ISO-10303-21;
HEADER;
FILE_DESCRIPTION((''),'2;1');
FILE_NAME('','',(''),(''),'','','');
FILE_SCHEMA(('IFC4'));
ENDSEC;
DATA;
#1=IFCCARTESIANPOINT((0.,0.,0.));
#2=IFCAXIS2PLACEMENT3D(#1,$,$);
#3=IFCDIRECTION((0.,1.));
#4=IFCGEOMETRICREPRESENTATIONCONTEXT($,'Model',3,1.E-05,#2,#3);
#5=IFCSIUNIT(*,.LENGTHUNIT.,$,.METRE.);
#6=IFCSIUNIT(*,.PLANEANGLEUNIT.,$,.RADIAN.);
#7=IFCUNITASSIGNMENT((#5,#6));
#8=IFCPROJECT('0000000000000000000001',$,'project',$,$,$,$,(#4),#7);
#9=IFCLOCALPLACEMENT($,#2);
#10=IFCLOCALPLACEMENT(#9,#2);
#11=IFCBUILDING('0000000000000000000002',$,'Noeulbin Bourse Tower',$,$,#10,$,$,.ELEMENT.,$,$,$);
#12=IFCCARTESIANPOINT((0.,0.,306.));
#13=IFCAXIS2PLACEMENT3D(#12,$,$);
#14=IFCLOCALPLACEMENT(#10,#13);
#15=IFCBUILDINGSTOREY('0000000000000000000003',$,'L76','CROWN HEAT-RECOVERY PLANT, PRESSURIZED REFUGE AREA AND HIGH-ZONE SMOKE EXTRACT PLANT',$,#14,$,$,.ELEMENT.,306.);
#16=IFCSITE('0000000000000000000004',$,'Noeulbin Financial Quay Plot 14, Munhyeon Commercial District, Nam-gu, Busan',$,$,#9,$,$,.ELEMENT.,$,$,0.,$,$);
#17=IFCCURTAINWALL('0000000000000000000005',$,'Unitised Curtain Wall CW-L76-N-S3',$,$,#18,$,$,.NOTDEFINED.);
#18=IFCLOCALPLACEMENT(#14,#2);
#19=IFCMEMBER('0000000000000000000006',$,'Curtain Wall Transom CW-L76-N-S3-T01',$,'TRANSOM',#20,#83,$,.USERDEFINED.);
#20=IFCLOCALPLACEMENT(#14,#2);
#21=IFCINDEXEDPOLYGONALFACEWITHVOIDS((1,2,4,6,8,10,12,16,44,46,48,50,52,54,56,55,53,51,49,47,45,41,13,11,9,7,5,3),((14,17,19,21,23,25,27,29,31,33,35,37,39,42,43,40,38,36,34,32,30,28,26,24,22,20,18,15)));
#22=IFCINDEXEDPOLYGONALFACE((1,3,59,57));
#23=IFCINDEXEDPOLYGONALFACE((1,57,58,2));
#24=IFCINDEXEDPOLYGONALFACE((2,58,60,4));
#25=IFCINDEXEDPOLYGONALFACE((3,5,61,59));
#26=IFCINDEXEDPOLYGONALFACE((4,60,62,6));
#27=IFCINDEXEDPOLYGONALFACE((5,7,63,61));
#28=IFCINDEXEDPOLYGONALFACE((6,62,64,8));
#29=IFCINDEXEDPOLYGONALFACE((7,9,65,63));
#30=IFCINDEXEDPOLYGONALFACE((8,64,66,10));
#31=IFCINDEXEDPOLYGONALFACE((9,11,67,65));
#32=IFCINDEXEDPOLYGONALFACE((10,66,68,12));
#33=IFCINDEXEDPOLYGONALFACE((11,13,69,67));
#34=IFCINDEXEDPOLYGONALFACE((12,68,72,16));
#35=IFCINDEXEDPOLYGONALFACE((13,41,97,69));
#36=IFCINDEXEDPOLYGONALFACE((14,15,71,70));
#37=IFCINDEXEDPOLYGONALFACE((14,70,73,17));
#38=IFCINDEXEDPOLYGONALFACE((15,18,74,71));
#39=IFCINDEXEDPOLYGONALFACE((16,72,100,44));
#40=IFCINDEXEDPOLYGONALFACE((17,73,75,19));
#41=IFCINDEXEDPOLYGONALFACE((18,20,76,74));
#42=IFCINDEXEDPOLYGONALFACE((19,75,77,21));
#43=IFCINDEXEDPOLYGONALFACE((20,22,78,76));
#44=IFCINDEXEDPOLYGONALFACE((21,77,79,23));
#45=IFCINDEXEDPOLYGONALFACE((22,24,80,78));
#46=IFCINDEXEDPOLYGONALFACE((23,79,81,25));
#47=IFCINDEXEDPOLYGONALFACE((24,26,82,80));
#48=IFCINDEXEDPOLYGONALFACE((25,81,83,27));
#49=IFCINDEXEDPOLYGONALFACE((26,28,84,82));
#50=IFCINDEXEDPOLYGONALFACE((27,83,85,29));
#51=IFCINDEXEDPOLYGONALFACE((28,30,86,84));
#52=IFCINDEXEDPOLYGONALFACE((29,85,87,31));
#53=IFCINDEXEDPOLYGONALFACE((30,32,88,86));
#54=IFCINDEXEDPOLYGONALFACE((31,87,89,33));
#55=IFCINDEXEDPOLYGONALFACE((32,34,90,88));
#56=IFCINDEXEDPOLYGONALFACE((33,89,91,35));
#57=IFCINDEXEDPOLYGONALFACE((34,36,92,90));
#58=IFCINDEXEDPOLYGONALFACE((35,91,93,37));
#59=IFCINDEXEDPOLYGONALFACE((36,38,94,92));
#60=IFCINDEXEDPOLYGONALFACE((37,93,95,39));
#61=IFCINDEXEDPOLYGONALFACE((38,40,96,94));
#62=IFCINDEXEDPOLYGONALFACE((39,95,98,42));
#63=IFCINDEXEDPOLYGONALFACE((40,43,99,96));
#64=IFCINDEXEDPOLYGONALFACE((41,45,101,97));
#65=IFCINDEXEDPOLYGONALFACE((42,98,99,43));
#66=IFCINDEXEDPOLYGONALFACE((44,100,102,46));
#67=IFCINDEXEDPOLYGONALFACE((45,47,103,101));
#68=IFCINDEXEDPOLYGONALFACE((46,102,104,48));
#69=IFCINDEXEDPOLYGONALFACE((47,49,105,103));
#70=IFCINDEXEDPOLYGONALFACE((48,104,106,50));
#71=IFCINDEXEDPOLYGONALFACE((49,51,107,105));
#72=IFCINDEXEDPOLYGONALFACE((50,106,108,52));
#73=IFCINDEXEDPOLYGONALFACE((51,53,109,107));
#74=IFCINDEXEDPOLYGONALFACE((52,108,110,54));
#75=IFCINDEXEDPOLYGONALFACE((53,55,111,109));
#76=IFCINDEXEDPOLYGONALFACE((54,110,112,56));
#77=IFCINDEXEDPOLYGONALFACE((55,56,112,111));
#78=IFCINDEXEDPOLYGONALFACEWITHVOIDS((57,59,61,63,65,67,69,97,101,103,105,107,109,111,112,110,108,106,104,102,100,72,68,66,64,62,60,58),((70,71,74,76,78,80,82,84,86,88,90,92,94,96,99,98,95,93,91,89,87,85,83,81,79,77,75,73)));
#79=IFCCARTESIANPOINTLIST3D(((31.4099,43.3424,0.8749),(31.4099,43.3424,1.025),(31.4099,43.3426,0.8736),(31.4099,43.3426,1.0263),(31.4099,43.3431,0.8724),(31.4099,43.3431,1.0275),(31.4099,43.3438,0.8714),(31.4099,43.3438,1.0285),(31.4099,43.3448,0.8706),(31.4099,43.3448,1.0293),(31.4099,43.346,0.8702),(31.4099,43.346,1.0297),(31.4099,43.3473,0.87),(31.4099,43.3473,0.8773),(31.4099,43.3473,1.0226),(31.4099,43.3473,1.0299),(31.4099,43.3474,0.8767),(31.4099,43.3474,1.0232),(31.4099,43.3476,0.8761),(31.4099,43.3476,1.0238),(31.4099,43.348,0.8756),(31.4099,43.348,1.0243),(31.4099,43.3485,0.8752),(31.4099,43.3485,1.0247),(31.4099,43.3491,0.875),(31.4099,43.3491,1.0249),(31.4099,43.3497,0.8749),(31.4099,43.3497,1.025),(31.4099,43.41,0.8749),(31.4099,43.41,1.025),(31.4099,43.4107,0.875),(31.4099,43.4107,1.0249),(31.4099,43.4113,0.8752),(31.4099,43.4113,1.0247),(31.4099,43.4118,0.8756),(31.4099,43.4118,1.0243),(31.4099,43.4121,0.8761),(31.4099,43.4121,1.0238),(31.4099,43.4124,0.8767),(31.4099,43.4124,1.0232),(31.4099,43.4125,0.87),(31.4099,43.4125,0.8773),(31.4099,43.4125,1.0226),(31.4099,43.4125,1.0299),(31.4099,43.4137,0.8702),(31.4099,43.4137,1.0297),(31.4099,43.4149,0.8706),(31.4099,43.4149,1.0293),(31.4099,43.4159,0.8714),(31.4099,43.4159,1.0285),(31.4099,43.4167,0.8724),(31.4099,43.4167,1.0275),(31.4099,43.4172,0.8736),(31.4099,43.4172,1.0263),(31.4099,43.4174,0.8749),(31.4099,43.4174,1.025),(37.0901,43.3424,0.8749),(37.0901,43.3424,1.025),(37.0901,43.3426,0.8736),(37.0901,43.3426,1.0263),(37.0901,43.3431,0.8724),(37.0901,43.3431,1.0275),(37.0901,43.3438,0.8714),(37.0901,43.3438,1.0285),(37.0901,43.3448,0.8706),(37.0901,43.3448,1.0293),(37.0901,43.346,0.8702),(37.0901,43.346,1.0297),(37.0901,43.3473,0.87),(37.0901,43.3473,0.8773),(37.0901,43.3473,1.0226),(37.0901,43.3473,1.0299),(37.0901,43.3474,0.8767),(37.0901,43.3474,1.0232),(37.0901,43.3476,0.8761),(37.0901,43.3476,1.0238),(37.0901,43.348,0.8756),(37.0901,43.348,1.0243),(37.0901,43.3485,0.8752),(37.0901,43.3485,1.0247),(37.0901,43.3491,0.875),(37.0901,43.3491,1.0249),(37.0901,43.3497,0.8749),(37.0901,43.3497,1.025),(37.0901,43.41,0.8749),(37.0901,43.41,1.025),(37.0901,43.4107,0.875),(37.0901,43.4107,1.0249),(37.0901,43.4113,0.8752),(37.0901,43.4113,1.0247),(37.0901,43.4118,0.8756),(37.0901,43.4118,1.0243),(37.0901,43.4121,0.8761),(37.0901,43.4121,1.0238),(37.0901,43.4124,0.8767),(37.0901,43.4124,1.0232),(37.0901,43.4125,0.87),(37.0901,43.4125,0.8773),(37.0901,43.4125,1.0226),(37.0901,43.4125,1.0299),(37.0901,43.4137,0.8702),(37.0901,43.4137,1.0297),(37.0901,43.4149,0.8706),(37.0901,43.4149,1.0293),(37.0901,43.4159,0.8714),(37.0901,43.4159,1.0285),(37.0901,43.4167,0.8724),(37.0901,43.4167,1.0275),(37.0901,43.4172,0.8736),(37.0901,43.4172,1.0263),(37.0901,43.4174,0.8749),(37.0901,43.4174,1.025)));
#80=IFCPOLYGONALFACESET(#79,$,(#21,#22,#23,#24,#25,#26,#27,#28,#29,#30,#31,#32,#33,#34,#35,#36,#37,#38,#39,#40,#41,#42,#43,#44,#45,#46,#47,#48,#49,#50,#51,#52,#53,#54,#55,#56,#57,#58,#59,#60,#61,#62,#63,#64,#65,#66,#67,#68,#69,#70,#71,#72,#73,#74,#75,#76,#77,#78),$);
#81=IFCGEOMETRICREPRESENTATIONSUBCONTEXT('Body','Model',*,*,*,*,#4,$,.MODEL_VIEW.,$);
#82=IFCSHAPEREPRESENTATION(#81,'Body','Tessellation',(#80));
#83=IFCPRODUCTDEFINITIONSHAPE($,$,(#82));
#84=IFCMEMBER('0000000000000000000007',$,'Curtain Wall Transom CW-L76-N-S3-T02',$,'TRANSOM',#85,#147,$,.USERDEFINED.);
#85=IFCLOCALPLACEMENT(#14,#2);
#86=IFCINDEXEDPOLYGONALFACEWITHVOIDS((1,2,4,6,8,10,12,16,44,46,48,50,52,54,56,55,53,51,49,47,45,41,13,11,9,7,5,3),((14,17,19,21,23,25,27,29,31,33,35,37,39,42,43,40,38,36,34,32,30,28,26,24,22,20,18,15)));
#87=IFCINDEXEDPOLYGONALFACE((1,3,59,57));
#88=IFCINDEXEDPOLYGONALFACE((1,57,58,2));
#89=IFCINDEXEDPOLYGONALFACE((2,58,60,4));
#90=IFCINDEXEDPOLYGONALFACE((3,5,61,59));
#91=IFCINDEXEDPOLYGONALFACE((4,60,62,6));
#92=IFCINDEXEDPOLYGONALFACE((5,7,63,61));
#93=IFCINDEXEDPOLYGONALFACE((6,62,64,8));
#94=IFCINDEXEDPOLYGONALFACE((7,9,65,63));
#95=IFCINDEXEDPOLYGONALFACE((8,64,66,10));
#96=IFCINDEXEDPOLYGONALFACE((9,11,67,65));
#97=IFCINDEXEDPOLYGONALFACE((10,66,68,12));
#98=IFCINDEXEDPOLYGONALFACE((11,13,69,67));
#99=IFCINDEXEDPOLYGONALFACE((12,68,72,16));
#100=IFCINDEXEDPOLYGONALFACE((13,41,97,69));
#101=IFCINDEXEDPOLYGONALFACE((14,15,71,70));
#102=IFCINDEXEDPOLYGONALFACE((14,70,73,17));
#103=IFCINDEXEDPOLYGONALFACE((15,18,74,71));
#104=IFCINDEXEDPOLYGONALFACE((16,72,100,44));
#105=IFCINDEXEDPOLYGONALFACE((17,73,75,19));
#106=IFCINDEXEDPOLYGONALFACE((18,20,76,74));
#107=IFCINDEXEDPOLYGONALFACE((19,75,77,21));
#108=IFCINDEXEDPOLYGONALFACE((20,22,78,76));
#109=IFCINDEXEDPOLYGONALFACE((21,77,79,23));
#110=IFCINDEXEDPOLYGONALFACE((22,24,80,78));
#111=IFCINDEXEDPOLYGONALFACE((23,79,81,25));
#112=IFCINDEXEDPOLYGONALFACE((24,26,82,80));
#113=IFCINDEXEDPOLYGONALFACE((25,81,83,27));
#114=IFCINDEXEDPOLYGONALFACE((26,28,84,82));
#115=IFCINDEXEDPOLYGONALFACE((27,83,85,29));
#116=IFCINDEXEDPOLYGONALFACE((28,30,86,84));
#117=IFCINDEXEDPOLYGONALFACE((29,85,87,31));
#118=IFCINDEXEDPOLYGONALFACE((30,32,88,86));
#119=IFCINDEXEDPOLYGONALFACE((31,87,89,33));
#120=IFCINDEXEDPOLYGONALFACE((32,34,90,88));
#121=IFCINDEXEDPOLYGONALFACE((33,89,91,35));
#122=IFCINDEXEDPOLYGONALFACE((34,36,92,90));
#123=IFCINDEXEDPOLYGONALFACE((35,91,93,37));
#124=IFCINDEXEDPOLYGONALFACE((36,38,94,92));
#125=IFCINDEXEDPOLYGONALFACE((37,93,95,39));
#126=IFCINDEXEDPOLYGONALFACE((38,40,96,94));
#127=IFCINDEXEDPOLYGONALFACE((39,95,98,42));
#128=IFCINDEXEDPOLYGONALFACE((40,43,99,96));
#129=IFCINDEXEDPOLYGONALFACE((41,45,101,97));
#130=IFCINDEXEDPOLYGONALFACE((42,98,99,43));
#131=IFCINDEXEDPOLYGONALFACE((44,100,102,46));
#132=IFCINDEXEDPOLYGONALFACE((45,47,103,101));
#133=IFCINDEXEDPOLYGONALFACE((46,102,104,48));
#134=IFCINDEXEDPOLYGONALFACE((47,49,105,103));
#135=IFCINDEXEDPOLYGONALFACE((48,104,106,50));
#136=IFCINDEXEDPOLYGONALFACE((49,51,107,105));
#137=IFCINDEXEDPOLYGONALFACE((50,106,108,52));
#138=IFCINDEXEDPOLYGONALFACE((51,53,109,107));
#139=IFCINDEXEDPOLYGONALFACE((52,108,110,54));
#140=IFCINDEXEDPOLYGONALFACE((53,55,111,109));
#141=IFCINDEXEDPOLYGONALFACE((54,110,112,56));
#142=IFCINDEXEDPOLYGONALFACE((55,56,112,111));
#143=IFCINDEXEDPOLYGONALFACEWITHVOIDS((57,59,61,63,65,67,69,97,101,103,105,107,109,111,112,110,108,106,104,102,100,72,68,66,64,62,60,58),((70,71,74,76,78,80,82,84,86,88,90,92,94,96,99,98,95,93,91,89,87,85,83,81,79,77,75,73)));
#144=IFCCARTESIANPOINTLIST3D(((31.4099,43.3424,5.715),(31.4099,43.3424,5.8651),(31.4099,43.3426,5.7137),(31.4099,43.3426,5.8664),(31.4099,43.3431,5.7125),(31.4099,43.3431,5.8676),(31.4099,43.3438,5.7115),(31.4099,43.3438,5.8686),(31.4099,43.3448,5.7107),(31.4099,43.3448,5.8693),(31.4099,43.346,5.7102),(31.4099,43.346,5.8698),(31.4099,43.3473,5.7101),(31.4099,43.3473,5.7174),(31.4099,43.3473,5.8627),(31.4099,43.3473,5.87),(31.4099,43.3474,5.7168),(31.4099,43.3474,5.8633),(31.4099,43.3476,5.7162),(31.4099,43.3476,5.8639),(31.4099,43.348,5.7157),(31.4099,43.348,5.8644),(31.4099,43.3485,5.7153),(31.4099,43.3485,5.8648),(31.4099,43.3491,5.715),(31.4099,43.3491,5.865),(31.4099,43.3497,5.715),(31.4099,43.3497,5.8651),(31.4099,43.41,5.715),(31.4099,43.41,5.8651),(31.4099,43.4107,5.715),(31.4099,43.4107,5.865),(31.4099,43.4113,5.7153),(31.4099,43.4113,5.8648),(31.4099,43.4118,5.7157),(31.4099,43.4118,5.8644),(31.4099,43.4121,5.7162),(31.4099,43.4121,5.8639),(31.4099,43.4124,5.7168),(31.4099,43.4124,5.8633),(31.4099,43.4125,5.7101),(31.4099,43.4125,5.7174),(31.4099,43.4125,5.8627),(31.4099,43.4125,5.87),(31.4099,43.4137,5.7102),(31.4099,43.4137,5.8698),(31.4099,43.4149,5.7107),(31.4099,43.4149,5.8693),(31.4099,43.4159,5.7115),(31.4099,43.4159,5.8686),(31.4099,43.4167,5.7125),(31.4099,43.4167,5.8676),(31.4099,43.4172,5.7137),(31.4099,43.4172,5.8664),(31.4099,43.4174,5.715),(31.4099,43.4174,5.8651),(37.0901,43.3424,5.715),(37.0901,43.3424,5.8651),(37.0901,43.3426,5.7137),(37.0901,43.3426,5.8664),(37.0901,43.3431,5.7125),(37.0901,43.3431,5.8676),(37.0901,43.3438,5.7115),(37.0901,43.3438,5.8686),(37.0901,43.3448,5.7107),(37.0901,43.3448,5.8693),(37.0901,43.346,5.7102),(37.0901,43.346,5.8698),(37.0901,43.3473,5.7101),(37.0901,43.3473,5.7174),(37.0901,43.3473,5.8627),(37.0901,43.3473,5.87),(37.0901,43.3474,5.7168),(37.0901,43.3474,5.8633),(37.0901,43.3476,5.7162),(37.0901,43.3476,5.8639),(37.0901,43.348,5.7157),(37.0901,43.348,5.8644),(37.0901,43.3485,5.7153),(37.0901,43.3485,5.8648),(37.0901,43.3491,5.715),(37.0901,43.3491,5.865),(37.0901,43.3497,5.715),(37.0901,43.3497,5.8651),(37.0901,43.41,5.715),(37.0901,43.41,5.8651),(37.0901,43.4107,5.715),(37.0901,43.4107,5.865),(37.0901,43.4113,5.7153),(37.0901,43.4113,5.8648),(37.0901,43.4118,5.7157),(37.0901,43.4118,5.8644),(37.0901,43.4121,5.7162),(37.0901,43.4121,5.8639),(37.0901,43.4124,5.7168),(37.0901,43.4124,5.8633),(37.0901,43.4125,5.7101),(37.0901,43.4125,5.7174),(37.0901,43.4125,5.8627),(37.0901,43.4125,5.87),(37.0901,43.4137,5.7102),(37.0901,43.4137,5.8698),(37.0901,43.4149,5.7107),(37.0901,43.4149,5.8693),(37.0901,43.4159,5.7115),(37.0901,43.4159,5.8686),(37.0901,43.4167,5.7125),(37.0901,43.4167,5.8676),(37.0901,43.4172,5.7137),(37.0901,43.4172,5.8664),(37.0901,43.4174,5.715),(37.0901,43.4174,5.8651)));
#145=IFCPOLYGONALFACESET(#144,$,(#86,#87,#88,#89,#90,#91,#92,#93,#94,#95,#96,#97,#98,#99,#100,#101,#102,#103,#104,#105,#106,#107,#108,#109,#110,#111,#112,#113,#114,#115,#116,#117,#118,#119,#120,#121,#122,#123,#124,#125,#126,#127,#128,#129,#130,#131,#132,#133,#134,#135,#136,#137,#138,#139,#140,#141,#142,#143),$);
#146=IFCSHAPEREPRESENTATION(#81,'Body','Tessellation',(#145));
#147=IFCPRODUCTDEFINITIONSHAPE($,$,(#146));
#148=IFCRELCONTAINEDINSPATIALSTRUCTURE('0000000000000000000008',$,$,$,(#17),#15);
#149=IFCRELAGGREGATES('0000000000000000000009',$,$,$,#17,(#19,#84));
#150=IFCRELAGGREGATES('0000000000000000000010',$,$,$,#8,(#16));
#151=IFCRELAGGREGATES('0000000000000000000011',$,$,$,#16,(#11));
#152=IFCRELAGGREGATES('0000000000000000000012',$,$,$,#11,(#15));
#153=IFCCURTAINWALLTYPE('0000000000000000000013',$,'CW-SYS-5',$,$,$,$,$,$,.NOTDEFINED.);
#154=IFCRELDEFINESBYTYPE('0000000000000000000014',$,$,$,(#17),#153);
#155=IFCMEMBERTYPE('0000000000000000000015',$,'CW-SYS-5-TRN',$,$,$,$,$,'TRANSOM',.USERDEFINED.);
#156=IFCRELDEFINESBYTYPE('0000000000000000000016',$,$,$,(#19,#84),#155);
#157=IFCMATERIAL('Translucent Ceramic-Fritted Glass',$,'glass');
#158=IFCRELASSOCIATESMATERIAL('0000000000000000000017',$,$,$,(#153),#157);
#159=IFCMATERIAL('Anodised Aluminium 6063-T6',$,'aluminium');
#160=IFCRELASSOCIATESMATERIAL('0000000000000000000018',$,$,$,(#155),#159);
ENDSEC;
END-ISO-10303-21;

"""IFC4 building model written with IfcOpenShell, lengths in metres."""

from ifc_helpers import new_model, si_unit, direction, frame, origin, origin_2d, place, context, subcontext, project, spatial, hollow_rectangle, extrude, material, material_profile, profile_set, type_object, element, aggregate, save


model = new_model("IFC4")

# Units and contexts
model_context = context("Model", 3, precision=1e-05, world=origin(), true_north=direction((0.0, 1.0)))
body_context = subcontext(model_context, "Body", "Model", "MODEL_VIEW")
ifc_project = project(units=[si_unit("LENGTHUNIT", "METRE"), si_unit("PLANEANGLEUNIT", "RADIAN")], contexts=[model_context])

# Site, building, storey
site_placement = place(None, origin())
site = spatial("IfcSite", under=ifc_project, at=site_placement, Name="Noeulbin Financial Quay Plot 14, Munhyeon Commercial District, Nam-gu, Busan", CompositionType="ELEMENT", RefElevation=0.0)
building_placement = place(site_placement, origin())
building = spatial("IfcBuilding", under=site, at=building_placement, Name="Noeulbin Bourse Tower", CompositionType="ELEMENT")
storey_placement = place(building_placement, frame((0.0, 0.0, 306.0)))
storey = spatial("IfcBuildingStorey", under=building, at=storey_placement, Name="L76", Description="CROWN HEAT-RECOVERY PLANT, PRESSURIZED REFUGE AREA AND HIGH-ZONE SMOKE EXTRACT PLANT", CompositionType="ELEMENT", Elevation=306.0)

# Curtain wall
ifc_material_1 = material(Name="Translucent Ceramic-Fritted Glass", Category="glass")
curtain_wall_type = type_object("IfcCurtainWallType", Name="CW-SYS-5", PredefinedType="NOTDEFINED", material=ifc_material_1)
curtain_wall_1_placement = place(storey_placement, origin())
curtain_wall_1 = element("IfcCurtainWall", 1, at=curtain_wall_1_placement, inside=storey, type_object=curtain_wall_type, Name="Unitised Curtain Wall CW-L76-N-S3", PredefinedType="NOTDEFINED")
ifc_material_2 = material(Name="Anodised Aluminium 6063-T6", Category="aluminium")

# Members
ifc_material_profile_1 = material_profile(ifc_material_2, hollow_rectangle(XDim=0.075, YDim=0.1599, WallThickness=0.0049, InnerFilletRadius=0.0024, OuterFilletRadius=0.0049, at=origin_2d()), Name="ALU-TRAN-75x160x5", Category="LoadBearing")
ifc_profile_set_1 = profile_set([ifc_material_profile_1], Name="Anodised Aluminium 6063-T6")
member_type_1 = type_object("IfcMemberType", Name="CW-SYS-5-TRN", ElementType="TRANSOM", PredefinedType="USERDEFINED", material=ifc_profile_set_1)
member_1_placement = place(storey_placement, frame((31.4099, 43.3799, 0.95), z_axis=(1.0, 0.0, 0.0), x_axis=(0.0, 1.0, 0.0)))
member_1 = element("IfcMember", 2, at=member_1_placement, type_object=member_type_1, Name="Curtain Wall Transom CW-L76-N-S3-T01", ObjectType="TRANSOM", PredefinedType="USERDEFINED", context=body_context, shape_type="SweptSolid", body=[
    extrude(hollow_rectangle(XDim=0.075, YDim=0.1599, WallThickness=0.0049, InnerFilletRadius=0.0024, OuterFilletRadius=0.0049, at=origin_2d()), origin(), (0.0, 0.0, 1.0), 5.6802),
])
member_2_placement = place(storey_placement, frame((31.4099, 43.3799, 5.79), z_axis=(1.0, 0.0, 0.0), x_axis=(0.0, 1.0, 0.0)))
member_2 = element("IfcMember", 3, at=member_2_placement, type_object=member_type_1, Name="Curtain Wall Transom CW-L76-N-S3-T02", ObjectType="TRANSOM", PredefinedType="USERDEFINED", context=body_context, shape_type="SweptSolid", body=[
    extrude(hollow_rectangle(XDim=0.075, YDim=0.1599, WallThickness=0.0049, InnerFilletRadius=0.0024, OuterFilletRadius=0.0049, at=origin_2d()), origin(), (0.0, 0.0, 1.0), 5.6802),
])

aggregate(curtain_wall_1, [member_1, member_2])

save(model, "model.ifc")
